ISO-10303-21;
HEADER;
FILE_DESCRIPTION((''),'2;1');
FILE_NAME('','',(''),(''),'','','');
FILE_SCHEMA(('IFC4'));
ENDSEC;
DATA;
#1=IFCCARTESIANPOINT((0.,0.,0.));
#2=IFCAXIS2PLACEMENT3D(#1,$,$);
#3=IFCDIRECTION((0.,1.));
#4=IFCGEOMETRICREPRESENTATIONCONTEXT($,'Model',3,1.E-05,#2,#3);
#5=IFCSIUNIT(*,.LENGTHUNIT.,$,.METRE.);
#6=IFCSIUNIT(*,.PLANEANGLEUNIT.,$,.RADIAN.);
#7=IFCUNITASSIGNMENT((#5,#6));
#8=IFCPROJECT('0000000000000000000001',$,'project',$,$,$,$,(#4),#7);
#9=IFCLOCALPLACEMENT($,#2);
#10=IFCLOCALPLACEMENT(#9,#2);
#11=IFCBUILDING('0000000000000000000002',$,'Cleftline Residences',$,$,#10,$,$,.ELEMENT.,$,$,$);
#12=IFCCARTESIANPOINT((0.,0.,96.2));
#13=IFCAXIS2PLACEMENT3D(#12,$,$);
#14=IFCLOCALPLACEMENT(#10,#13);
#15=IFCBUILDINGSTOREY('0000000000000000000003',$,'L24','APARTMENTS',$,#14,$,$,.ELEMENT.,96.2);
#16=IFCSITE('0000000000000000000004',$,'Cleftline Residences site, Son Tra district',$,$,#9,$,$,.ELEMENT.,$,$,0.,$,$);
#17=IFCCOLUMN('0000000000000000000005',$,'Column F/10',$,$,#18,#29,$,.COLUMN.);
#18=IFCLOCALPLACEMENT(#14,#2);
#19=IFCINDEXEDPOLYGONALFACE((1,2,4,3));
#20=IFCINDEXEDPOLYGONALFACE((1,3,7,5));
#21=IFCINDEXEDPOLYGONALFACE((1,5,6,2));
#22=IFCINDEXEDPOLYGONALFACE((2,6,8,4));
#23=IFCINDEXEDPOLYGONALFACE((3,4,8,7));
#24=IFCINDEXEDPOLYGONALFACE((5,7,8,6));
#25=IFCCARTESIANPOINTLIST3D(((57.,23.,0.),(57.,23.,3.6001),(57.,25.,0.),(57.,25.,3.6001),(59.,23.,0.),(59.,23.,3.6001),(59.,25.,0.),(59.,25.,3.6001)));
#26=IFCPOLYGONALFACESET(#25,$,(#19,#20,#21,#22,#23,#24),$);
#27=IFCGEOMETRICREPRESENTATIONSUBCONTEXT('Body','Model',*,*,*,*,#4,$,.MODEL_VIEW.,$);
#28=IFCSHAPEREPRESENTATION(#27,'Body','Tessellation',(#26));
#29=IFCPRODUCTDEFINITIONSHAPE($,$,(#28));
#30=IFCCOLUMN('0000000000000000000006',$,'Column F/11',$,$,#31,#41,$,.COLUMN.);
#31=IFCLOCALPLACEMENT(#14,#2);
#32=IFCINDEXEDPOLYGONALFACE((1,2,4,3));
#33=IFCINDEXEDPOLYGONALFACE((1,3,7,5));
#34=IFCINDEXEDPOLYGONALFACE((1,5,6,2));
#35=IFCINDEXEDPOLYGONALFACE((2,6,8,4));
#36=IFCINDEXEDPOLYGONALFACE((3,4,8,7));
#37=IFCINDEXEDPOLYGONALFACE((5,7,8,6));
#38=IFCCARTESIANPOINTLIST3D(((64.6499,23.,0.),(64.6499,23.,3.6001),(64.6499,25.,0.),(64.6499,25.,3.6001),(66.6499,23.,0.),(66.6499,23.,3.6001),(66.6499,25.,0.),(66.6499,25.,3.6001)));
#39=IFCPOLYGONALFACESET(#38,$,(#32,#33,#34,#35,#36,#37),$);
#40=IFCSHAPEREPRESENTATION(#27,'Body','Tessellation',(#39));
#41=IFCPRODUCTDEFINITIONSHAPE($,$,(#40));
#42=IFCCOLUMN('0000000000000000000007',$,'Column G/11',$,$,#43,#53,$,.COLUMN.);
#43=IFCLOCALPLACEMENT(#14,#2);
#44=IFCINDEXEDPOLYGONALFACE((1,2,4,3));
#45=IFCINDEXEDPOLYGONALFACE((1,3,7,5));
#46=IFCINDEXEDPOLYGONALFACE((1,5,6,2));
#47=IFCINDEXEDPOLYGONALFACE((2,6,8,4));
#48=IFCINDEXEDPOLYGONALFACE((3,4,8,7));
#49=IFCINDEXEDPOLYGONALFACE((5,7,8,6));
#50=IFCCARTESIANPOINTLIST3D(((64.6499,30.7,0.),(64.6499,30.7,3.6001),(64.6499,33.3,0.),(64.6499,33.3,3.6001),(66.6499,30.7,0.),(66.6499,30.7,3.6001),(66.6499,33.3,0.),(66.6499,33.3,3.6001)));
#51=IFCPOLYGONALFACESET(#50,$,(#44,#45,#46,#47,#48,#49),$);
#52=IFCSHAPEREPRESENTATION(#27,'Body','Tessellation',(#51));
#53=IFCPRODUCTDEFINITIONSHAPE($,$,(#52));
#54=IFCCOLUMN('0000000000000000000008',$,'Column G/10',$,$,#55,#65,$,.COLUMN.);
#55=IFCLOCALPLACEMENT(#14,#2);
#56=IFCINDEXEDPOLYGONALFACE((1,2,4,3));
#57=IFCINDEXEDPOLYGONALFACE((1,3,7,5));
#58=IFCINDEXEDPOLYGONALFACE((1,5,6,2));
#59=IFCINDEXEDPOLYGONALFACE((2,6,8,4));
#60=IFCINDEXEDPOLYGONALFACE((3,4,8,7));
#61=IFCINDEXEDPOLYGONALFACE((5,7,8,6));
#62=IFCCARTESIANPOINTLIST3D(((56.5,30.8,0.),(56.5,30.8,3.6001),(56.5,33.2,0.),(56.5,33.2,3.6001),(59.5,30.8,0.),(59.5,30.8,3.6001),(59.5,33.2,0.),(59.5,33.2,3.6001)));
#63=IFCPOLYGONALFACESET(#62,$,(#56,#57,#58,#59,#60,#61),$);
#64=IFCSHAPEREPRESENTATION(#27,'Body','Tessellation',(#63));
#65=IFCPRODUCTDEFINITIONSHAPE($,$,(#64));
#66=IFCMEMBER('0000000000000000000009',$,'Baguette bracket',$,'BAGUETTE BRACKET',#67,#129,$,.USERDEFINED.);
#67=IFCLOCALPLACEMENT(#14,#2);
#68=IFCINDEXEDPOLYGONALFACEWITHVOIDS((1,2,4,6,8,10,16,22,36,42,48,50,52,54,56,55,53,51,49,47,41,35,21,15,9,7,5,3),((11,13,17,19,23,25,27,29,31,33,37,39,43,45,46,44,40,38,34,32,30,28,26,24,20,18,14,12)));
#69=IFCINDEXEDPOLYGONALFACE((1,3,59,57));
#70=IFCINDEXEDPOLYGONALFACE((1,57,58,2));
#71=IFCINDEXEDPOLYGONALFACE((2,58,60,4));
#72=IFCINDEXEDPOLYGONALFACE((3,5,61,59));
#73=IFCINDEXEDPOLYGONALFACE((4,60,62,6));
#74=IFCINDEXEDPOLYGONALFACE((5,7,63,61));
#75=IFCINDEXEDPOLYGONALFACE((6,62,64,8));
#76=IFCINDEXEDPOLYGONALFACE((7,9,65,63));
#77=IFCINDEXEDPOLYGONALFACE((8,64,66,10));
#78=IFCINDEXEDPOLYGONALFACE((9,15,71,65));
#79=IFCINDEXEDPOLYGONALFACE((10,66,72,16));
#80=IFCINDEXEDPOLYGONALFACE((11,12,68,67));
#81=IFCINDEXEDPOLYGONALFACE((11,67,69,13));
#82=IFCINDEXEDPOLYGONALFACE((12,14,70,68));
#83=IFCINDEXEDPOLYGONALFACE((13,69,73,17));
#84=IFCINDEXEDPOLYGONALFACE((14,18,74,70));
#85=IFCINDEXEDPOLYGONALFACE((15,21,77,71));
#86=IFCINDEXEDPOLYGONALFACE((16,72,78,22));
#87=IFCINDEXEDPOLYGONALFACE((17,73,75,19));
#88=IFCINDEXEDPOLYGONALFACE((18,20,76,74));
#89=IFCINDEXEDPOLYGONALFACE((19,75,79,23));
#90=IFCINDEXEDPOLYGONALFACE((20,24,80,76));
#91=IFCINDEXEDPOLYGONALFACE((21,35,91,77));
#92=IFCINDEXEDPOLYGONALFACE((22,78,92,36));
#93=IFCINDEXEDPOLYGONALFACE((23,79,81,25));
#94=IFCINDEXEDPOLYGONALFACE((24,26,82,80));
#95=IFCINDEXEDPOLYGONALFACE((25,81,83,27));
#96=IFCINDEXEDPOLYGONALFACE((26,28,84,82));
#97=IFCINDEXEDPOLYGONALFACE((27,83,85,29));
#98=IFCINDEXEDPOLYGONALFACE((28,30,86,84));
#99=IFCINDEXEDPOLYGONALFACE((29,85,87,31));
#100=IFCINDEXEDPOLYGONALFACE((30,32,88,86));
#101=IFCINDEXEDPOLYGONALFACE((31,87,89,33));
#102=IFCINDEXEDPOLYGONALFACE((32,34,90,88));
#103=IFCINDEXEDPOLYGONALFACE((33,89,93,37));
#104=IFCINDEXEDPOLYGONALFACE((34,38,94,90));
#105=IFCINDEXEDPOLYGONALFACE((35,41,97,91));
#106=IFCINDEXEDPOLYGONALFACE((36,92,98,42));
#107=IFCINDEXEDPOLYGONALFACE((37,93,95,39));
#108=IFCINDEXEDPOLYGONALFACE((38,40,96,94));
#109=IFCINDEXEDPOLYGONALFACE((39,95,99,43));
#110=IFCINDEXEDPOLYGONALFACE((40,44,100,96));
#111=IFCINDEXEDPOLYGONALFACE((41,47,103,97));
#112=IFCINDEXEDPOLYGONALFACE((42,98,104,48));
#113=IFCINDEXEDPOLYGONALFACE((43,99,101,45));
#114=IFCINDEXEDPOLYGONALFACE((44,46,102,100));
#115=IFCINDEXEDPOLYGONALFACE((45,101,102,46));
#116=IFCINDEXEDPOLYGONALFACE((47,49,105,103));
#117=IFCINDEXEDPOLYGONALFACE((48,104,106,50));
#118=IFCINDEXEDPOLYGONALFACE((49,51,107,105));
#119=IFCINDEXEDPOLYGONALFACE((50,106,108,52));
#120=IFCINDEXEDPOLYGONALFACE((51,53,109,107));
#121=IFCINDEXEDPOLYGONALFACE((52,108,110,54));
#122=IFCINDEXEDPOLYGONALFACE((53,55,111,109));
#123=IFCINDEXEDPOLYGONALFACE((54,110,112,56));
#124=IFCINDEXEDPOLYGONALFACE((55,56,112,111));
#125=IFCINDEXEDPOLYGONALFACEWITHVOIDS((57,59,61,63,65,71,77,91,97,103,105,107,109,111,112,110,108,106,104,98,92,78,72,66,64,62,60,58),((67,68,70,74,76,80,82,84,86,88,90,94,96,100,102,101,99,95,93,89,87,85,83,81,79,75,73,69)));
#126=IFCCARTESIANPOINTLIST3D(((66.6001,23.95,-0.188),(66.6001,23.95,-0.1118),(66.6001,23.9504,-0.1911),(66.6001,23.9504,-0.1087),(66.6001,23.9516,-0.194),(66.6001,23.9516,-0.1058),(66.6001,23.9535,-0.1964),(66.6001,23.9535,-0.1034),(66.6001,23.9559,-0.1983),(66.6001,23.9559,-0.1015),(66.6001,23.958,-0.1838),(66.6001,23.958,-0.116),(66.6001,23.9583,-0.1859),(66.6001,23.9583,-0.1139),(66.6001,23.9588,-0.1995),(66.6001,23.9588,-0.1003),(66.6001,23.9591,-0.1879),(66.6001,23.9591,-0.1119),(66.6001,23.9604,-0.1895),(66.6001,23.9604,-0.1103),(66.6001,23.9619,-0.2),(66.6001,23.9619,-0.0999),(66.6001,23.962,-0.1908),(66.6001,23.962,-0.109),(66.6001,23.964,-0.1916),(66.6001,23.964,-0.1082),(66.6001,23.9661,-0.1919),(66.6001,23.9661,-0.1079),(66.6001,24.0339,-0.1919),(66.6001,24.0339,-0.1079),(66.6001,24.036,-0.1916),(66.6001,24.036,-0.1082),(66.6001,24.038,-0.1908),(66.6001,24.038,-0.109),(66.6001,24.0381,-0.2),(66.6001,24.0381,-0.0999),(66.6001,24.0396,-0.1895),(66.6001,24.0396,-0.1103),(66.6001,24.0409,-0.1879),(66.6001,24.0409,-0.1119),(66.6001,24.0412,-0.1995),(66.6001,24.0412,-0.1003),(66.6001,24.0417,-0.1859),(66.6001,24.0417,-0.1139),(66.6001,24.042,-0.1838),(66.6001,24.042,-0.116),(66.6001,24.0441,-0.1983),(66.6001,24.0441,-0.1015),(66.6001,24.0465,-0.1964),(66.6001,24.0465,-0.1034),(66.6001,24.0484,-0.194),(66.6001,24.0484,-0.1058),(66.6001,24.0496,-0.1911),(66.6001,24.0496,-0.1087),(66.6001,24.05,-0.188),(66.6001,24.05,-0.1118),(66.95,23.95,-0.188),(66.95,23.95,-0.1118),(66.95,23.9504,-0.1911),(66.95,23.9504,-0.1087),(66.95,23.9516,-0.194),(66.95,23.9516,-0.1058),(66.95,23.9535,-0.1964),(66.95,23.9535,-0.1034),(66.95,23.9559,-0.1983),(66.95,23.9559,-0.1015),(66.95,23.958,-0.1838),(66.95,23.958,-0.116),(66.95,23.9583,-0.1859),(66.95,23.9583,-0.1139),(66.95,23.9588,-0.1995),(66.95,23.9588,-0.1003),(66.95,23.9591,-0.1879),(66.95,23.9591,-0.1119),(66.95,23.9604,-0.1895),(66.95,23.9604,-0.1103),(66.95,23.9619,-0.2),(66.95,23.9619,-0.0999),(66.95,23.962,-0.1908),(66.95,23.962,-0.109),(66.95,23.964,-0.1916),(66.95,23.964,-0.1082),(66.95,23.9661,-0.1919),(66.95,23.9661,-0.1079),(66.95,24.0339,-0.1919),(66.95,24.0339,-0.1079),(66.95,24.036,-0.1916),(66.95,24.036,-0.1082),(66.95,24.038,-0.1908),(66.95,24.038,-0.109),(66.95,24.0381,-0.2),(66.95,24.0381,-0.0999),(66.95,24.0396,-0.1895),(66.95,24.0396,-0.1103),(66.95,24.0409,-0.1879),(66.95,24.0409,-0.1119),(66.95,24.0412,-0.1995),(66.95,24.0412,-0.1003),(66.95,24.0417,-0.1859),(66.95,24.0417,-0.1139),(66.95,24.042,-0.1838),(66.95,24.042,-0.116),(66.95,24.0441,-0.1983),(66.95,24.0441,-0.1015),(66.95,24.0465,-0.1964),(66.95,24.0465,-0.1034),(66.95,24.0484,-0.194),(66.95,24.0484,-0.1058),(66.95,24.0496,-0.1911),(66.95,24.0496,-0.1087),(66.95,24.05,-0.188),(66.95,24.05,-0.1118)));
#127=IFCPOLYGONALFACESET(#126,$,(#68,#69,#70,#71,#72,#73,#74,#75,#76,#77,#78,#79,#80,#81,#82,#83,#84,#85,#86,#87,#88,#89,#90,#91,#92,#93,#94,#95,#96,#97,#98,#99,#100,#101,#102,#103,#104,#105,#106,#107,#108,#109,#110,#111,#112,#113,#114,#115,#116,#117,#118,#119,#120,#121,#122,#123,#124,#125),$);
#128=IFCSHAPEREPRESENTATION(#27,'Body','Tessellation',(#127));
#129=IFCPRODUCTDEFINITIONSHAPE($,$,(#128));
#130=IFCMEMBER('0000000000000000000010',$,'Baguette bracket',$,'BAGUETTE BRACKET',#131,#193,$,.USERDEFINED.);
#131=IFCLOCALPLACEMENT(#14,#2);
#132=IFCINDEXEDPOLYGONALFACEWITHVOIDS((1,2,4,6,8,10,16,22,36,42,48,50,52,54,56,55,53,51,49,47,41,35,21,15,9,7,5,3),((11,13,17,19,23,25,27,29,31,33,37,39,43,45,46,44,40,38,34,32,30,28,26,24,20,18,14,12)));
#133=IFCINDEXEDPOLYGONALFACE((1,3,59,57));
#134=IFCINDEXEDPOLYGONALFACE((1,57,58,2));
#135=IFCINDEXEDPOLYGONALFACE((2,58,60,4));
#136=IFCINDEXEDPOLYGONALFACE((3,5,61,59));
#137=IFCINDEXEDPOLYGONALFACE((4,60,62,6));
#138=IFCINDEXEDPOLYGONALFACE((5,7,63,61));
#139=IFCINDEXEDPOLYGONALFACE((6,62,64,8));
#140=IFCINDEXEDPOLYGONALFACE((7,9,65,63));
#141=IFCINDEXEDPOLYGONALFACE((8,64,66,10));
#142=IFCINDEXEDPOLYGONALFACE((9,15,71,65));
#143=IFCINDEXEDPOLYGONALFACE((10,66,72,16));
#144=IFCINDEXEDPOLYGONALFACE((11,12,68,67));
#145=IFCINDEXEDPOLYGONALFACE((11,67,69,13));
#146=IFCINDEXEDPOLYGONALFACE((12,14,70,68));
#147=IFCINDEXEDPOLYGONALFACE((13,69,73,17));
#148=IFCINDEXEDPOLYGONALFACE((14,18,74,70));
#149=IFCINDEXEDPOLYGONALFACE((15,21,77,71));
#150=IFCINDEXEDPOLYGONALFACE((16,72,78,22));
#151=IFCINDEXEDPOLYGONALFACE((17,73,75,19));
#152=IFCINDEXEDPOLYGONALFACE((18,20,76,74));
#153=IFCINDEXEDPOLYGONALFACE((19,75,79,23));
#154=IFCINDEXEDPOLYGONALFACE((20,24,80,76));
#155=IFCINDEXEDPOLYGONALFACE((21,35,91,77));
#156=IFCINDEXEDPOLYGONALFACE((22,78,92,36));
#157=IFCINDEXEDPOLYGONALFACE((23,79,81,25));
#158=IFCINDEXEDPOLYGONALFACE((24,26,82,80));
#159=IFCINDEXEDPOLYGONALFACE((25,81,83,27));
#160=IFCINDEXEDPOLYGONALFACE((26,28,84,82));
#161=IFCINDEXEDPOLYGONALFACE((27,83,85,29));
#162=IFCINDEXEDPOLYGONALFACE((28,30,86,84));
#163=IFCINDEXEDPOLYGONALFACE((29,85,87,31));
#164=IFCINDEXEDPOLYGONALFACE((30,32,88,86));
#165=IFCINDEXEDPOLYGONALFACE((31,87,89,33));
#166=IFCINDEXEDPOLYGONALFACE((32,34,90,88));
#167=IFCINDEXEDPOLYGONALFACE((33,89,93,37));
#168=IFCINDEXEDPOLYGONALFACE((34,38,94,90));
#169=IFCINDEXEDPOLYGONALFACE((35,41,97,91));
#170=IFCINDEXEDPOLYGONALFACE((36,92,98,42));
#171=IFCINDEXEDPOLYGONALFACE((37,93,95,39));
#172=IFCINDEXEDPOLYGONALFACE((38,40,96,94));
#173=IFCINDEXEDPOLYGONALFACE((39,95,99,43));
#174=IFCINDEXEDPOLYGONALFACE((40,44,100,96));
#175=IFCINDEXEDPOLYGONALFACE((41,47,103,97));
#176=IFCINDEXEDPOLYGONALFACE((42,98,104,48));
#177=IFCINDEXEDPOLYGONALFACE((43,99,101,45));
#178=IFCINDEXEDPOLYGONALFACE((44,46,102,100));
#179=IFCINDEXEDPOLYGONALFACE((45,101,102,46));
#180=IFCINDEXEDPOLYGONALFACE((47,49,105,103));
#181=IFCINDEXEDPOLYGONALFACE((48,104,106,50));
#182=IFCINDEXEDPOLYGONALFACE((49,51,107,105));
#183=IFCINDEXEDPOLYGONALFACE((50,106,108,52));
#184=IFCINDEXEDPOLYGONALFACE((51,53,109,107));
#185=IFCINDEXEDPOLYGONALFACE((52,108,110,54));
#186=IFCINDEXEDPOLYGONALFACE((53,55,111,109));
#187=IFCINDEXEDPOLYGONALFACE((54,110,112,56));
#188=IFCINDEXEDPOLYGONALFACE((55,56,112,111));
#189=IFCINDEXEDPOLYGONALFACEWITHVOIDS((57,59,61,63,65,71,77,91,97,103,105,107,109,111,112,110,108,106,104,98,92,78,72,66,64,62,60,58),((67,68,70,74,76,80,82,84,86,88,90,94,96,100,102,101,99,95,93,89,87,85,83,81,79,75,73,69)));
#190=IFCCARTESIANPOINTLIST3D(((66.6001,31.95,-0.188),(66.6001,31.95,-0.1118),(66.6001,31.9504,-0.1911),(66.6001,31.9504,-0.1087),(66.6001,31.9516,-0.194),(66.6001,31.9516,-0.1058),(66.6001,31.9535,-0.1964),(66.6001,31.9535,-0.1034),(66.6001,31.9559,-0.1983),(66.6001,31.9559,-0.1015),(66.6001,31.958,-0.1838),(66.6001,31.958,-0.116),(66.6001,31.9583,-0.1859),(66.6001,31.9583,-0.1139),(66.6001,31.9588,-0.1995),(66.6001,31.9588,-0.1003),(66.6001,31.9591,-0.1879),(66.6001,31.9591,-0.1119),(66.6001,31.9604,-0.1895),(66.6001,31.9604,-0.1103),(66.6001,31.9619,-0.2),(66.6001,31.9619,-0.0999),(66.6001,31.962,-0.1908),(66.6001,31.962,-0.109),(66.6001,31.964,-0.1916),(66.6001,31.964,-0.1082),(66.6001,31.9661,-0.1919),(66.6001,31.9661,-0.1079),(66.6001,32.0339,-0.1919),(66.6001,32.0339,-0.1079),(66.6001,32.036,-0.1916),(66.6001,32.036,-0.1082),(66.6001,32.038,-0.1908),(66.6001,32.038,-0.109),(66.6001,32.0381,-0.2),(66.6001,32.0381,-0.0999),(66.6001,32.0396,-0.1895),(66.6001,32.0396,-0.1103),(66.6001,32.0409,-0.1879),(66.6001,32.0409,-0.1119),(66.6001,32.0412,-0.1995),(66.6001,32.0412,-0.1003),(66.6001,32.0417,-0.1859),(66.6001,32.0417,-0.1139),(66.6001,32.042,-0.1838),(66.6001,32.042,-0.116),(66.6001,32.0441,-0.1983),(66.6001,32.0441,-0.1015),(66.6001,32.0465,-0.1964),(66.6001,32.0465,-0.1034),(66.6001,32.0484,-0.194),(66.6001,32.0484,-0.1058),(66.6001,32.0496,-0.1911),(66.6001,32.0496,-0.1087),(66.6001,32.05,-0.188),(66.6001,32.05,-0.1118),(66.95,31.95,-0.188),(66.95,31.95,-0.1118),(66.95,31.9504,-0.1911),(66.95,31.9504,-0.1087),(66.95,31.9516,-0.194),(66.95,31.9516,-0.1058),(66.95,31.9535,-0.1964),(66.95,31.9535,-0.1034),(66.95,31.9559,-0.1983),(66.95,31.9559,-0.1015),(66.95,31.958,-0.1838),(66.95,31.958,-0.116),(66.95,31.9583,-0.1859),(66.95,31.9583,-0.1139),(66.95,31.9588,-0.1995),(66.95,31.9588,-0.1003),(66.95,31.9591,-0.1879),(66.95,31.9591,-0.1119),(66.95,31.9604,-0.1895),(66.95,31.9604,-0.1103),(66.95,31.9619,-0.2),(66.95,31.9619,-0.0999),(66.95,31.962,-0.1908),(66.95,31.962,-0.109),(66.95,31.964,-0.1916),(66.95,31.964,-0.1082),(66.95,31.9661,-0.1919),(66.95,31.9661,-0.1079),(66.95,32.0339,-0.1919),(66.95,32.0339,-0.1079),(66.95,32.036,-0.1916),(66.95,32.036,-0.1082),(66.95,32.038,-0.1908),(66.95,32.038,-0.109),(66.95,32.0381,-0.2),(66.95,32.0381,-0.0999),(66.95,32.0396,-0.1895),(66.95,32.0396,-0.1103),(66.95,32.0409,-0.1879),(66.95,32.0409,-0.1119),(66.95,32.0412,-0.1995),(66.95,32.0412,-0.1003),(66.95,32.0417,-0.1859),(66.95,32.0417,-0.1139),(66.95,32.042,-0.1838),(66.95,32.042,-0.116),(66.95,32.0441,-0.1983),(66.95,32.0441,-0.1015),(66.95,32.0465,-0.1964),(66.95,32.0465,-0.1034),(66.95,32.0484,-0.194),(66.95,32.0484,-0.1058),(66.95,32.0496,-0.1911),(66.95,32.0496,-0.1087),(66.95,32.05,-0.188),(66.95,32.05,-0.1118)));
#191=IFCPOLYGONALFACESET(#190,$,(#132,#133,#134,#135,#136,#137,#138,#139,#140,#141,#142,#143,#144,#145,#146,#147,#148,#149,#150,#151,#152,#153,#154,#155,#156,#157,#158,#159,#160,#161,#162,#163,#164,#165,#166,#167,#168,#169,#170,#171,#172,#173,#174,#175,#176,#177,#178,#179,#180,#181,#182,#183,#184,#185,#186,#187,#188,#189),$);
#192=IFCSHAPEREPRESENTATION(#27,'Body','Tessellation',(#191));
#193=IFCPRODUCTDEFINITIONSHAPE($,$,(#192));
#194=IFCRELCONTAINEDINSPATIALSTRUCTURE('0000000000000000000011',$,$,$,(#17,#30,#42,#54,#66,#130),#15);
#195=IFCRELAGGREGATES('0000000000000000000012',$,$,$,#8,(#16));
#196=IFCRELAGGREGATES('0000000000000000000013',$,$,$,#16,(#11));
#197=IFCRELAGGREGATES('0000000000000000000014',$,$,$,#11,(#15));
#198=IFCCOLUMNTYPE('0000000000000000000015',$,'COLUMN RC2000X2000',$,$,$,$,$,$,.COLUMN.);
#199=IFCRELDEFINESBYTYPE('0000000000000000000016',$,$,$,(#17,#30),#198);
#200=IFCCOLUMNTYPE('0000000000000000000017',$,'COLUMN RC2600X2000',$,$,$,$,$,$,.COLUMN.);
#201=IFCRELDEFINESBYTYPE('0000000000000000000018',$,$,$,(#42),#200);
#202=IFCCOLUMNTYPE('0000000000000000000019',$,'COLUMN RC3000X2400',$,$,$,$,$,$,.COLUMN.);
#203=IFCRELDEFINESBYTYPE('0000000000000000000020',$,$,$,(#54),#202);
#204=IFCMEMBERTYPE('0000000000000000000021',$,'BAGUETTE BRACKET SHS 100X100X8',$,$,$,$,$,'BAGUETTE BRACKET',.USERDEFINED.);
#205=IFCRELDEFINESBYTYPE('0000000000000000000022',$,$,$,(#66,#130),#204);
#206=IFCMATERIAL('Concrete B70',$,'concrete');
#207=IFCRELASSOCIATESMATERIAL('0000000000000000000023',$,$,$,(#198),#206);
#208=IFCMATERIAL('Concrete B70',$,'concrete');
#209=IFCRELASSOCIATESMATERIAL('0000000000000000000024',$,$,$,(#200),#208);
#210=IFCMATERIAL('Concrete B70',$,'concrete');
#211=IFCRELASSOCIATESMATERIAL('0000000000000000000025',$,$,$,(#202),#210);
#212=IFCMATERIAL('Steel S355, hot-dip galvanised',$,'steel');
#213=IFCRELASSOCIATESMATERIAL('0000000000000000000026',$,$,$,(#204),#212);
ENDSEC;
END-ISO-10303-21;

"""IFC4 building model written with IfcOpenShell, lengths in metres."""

from ifc_helpers import new_model, si_unit, direction, frame, origin, origin_2d, place, context, subcontext, project, spatial, rectangle, hollow_rectangle, extrude, material, material_profile, profile_set, type_object, element, save


model = new_model("IFC4")

# Units and contexts
model_context = context("Model", 3, precision=1e-05, world=origin(), true_north=direction((0.0, 1.0)))
body_context = subcontext(model_context, "Body", "Model", "MODEL_VIEW")
ifc_project = project(units=[si_unit("LENGTHUNIT", "METRE"), si_unit("PLANEANGLEUNIT", "RADIAN")], contexts=[model_context])

# Site, building, storey
site_placement = place(None, origin())
site = spatial("IfcSite", under=ifc_project, at=site_placement, Name="Cleftline Residences site, Son Tra district", CompositionType="ELEMENT", RefElevation=0.0)
building_placement = place(site_placement, origin())
building = spatial("IfcBuilding", under=site, at=building_placement, Name="Cleftline Residences", CompositionType="ELEMENT")
storey_placement = place(building_placement, frame((0.0, 0.0, 96.2)))
storey = spatial("IfcBuildingStorey", under=building, at=storey_placement, Name="L24", Description="APARTMENTS", CompositionType="ELEMENT", Elevation=96.2)

# Columns
ifc_material_1 = material(Name="Concrete B70", Category="concrete")
ifc_material_profile_1 = material_profile(ifc_material_1, rectangle(XDim=2.0, YDim=2.0, at=origin_2d()))
ifc_profile_set_1 = profile_set([ifc_material_profile_1], Name="Concrete B70")
column_type_1 = type_object("IfcColumnType", Name="COLUMN RC2000X2000", PredefinedType="COLUMN", material=ifc_profile_set_1)
for number, where, z_axis, x_axis, name in (
    (1, (58.0, 24.0, 0.0), (0.0, 0.0, 1.0), (1.0, 0.0, 0.0), "Column F/10"),
    (2, (65.6499, 24.0, 0.0), (0.0, 0.0, 1.0), (1.0, 0.0, 0.0), "Column F/11"),
):
    element("IfcColumn", number, at=place(storey_placement, frame(where, z_axis=z_axis, x_axis=x_axis)), inside=storey, type_object=column_type_1, Name=name, PredefinedType="COLUMN", context=body_context, shape_type="SweptSolid", body=[
        extrude(rectangle(XDim=2.0, YDim=2.0, at=origin_2d()), origin(), (0.0, 0.0, 1.0), 3.6001),
    ])
ifc_material_2 = material(Name="Concrete B70", Category="concrete")
ifc_material_profile_2 = material_profile(ifc_material_2, rectangle(XDim=2.6001, YDim=2.0, at=origin_2d()))
ifc_profile_set_2 = profile_set([ifc_material_profile_2], Name="Concrete B70")
column_type_2 = type_object("IfcColumnType", Name="COLUMN RC2600X2000", PredefinedType="COLUMN", material=ifc_profile_set_2)
column_1_placement = place(storey_placement, frame((65.6499, 32.0, 0.0), z_axis=(0.0, 0.0, 1.0), x_axis=(0.0, 1.0, 0.0)))
element("IfcColumn", 3, at=column_1_placement, inside=storey, type_object=column_type_2, Name="Column G/11", PredefinedType="COLUMN", context=body_context, shape_type="SweptSolid", body=[
    extrude(rectangle(XDim=2.6001, YDim=2.0, at=origin_2d()), origin(), (0.0, 0.0, 1.0), 3.6001),
])
ifc_material_3 = material(Name="Concrete B70", Category="concrete")
ifc_material_profile_3 = material_profile(ifc_material_3, rectangle(XDim=3.0, YDim=2.3999, at=origin_2d()))
ifc_profile_set_3 = profile_set([ifc_material_profile_3], Name="Concrete B70")
column_type_3 = type_object("IfcColumnType", Name="COLUMN RC3000X2400", PredefinedType="COLUMN", material=ifc_profile_set_3)
column_2_placement = place(storey_placement, frame((58.0, 32.0, 0.0), z_axis=(0.0, 0.0, 1.0), x_axis=(1.0, 0.0, 0.0)))
element("IfcColumn", 4, at=column_2_placement, inside=storey, type_object=column_type_3, Name="Column G/10", PredefinedType="COLUMN", context=body_context, shape_type="SweptSolid", body=[
    extrude(rectangle(XDim=3.0, YDim=2.3999, at=origin_2d()), origin(), (0.0, 0.0, 1.0), 3.6001),
])

# Members
ifc_material_4 = material(Name="Steel S355, hot-dip galvanised", Category="steel")
ifc_material_profile_4 = material_profile(ifc_material_4, hollow_rectangle(XDim=0.1001, YDim=0.1001, WallThickness=0.0081, InnerFilletRadius=0.0081, OuterFilletRadius=0.012, at=origin_2d()))
ifc_profile_set_4 = profile_set([ifc_material_profile_4], Name="Steel S355, hot-dip galvanised")
member_type_1 = type_object("IfcMemberType", Name="BAGUETTE BRACKET SHS 100X100X8", ElementType="BAGUETTE BRACKET", PredefinedType="USERDEFINED", material=ifc_profile_set_4)
for number, where, z_axis, x_axis, name in (
    (5, (66.6001, 24.0, -0.1499), (1.0, 0.0, 0.0), (0.0, 1.0, 0.0), "Baguette bracket"),
    (6, (66.6001, 32.0, -0.1499), (1.0, 0.0, 0.0), (0.0, 1.0, 0.0), "Baguette bracket"),
):
    element("IfcMember", number, at=place(storey_placement, frame(where, z_axis=z_axis, x_axis=x_axis)), inside=storey, type_object=member_type_1, Name=name, ObjectType="BAGUETTE BRACKET", PredefinedType="USERDEFINED", context=body_context, shape_type="SweptSolid", body=[
        extrude(hollow_rectangle(XDim=0.1001, YDim=0.1001, WallThickness=0.0081, InnerFilletRadius=0.0081, OuterFilletRadius=0.012, at=origin_2d()), origin(), (0.0, 0.0, 1.0), 0.3499),
    ])

save(model, "model.ifc")
